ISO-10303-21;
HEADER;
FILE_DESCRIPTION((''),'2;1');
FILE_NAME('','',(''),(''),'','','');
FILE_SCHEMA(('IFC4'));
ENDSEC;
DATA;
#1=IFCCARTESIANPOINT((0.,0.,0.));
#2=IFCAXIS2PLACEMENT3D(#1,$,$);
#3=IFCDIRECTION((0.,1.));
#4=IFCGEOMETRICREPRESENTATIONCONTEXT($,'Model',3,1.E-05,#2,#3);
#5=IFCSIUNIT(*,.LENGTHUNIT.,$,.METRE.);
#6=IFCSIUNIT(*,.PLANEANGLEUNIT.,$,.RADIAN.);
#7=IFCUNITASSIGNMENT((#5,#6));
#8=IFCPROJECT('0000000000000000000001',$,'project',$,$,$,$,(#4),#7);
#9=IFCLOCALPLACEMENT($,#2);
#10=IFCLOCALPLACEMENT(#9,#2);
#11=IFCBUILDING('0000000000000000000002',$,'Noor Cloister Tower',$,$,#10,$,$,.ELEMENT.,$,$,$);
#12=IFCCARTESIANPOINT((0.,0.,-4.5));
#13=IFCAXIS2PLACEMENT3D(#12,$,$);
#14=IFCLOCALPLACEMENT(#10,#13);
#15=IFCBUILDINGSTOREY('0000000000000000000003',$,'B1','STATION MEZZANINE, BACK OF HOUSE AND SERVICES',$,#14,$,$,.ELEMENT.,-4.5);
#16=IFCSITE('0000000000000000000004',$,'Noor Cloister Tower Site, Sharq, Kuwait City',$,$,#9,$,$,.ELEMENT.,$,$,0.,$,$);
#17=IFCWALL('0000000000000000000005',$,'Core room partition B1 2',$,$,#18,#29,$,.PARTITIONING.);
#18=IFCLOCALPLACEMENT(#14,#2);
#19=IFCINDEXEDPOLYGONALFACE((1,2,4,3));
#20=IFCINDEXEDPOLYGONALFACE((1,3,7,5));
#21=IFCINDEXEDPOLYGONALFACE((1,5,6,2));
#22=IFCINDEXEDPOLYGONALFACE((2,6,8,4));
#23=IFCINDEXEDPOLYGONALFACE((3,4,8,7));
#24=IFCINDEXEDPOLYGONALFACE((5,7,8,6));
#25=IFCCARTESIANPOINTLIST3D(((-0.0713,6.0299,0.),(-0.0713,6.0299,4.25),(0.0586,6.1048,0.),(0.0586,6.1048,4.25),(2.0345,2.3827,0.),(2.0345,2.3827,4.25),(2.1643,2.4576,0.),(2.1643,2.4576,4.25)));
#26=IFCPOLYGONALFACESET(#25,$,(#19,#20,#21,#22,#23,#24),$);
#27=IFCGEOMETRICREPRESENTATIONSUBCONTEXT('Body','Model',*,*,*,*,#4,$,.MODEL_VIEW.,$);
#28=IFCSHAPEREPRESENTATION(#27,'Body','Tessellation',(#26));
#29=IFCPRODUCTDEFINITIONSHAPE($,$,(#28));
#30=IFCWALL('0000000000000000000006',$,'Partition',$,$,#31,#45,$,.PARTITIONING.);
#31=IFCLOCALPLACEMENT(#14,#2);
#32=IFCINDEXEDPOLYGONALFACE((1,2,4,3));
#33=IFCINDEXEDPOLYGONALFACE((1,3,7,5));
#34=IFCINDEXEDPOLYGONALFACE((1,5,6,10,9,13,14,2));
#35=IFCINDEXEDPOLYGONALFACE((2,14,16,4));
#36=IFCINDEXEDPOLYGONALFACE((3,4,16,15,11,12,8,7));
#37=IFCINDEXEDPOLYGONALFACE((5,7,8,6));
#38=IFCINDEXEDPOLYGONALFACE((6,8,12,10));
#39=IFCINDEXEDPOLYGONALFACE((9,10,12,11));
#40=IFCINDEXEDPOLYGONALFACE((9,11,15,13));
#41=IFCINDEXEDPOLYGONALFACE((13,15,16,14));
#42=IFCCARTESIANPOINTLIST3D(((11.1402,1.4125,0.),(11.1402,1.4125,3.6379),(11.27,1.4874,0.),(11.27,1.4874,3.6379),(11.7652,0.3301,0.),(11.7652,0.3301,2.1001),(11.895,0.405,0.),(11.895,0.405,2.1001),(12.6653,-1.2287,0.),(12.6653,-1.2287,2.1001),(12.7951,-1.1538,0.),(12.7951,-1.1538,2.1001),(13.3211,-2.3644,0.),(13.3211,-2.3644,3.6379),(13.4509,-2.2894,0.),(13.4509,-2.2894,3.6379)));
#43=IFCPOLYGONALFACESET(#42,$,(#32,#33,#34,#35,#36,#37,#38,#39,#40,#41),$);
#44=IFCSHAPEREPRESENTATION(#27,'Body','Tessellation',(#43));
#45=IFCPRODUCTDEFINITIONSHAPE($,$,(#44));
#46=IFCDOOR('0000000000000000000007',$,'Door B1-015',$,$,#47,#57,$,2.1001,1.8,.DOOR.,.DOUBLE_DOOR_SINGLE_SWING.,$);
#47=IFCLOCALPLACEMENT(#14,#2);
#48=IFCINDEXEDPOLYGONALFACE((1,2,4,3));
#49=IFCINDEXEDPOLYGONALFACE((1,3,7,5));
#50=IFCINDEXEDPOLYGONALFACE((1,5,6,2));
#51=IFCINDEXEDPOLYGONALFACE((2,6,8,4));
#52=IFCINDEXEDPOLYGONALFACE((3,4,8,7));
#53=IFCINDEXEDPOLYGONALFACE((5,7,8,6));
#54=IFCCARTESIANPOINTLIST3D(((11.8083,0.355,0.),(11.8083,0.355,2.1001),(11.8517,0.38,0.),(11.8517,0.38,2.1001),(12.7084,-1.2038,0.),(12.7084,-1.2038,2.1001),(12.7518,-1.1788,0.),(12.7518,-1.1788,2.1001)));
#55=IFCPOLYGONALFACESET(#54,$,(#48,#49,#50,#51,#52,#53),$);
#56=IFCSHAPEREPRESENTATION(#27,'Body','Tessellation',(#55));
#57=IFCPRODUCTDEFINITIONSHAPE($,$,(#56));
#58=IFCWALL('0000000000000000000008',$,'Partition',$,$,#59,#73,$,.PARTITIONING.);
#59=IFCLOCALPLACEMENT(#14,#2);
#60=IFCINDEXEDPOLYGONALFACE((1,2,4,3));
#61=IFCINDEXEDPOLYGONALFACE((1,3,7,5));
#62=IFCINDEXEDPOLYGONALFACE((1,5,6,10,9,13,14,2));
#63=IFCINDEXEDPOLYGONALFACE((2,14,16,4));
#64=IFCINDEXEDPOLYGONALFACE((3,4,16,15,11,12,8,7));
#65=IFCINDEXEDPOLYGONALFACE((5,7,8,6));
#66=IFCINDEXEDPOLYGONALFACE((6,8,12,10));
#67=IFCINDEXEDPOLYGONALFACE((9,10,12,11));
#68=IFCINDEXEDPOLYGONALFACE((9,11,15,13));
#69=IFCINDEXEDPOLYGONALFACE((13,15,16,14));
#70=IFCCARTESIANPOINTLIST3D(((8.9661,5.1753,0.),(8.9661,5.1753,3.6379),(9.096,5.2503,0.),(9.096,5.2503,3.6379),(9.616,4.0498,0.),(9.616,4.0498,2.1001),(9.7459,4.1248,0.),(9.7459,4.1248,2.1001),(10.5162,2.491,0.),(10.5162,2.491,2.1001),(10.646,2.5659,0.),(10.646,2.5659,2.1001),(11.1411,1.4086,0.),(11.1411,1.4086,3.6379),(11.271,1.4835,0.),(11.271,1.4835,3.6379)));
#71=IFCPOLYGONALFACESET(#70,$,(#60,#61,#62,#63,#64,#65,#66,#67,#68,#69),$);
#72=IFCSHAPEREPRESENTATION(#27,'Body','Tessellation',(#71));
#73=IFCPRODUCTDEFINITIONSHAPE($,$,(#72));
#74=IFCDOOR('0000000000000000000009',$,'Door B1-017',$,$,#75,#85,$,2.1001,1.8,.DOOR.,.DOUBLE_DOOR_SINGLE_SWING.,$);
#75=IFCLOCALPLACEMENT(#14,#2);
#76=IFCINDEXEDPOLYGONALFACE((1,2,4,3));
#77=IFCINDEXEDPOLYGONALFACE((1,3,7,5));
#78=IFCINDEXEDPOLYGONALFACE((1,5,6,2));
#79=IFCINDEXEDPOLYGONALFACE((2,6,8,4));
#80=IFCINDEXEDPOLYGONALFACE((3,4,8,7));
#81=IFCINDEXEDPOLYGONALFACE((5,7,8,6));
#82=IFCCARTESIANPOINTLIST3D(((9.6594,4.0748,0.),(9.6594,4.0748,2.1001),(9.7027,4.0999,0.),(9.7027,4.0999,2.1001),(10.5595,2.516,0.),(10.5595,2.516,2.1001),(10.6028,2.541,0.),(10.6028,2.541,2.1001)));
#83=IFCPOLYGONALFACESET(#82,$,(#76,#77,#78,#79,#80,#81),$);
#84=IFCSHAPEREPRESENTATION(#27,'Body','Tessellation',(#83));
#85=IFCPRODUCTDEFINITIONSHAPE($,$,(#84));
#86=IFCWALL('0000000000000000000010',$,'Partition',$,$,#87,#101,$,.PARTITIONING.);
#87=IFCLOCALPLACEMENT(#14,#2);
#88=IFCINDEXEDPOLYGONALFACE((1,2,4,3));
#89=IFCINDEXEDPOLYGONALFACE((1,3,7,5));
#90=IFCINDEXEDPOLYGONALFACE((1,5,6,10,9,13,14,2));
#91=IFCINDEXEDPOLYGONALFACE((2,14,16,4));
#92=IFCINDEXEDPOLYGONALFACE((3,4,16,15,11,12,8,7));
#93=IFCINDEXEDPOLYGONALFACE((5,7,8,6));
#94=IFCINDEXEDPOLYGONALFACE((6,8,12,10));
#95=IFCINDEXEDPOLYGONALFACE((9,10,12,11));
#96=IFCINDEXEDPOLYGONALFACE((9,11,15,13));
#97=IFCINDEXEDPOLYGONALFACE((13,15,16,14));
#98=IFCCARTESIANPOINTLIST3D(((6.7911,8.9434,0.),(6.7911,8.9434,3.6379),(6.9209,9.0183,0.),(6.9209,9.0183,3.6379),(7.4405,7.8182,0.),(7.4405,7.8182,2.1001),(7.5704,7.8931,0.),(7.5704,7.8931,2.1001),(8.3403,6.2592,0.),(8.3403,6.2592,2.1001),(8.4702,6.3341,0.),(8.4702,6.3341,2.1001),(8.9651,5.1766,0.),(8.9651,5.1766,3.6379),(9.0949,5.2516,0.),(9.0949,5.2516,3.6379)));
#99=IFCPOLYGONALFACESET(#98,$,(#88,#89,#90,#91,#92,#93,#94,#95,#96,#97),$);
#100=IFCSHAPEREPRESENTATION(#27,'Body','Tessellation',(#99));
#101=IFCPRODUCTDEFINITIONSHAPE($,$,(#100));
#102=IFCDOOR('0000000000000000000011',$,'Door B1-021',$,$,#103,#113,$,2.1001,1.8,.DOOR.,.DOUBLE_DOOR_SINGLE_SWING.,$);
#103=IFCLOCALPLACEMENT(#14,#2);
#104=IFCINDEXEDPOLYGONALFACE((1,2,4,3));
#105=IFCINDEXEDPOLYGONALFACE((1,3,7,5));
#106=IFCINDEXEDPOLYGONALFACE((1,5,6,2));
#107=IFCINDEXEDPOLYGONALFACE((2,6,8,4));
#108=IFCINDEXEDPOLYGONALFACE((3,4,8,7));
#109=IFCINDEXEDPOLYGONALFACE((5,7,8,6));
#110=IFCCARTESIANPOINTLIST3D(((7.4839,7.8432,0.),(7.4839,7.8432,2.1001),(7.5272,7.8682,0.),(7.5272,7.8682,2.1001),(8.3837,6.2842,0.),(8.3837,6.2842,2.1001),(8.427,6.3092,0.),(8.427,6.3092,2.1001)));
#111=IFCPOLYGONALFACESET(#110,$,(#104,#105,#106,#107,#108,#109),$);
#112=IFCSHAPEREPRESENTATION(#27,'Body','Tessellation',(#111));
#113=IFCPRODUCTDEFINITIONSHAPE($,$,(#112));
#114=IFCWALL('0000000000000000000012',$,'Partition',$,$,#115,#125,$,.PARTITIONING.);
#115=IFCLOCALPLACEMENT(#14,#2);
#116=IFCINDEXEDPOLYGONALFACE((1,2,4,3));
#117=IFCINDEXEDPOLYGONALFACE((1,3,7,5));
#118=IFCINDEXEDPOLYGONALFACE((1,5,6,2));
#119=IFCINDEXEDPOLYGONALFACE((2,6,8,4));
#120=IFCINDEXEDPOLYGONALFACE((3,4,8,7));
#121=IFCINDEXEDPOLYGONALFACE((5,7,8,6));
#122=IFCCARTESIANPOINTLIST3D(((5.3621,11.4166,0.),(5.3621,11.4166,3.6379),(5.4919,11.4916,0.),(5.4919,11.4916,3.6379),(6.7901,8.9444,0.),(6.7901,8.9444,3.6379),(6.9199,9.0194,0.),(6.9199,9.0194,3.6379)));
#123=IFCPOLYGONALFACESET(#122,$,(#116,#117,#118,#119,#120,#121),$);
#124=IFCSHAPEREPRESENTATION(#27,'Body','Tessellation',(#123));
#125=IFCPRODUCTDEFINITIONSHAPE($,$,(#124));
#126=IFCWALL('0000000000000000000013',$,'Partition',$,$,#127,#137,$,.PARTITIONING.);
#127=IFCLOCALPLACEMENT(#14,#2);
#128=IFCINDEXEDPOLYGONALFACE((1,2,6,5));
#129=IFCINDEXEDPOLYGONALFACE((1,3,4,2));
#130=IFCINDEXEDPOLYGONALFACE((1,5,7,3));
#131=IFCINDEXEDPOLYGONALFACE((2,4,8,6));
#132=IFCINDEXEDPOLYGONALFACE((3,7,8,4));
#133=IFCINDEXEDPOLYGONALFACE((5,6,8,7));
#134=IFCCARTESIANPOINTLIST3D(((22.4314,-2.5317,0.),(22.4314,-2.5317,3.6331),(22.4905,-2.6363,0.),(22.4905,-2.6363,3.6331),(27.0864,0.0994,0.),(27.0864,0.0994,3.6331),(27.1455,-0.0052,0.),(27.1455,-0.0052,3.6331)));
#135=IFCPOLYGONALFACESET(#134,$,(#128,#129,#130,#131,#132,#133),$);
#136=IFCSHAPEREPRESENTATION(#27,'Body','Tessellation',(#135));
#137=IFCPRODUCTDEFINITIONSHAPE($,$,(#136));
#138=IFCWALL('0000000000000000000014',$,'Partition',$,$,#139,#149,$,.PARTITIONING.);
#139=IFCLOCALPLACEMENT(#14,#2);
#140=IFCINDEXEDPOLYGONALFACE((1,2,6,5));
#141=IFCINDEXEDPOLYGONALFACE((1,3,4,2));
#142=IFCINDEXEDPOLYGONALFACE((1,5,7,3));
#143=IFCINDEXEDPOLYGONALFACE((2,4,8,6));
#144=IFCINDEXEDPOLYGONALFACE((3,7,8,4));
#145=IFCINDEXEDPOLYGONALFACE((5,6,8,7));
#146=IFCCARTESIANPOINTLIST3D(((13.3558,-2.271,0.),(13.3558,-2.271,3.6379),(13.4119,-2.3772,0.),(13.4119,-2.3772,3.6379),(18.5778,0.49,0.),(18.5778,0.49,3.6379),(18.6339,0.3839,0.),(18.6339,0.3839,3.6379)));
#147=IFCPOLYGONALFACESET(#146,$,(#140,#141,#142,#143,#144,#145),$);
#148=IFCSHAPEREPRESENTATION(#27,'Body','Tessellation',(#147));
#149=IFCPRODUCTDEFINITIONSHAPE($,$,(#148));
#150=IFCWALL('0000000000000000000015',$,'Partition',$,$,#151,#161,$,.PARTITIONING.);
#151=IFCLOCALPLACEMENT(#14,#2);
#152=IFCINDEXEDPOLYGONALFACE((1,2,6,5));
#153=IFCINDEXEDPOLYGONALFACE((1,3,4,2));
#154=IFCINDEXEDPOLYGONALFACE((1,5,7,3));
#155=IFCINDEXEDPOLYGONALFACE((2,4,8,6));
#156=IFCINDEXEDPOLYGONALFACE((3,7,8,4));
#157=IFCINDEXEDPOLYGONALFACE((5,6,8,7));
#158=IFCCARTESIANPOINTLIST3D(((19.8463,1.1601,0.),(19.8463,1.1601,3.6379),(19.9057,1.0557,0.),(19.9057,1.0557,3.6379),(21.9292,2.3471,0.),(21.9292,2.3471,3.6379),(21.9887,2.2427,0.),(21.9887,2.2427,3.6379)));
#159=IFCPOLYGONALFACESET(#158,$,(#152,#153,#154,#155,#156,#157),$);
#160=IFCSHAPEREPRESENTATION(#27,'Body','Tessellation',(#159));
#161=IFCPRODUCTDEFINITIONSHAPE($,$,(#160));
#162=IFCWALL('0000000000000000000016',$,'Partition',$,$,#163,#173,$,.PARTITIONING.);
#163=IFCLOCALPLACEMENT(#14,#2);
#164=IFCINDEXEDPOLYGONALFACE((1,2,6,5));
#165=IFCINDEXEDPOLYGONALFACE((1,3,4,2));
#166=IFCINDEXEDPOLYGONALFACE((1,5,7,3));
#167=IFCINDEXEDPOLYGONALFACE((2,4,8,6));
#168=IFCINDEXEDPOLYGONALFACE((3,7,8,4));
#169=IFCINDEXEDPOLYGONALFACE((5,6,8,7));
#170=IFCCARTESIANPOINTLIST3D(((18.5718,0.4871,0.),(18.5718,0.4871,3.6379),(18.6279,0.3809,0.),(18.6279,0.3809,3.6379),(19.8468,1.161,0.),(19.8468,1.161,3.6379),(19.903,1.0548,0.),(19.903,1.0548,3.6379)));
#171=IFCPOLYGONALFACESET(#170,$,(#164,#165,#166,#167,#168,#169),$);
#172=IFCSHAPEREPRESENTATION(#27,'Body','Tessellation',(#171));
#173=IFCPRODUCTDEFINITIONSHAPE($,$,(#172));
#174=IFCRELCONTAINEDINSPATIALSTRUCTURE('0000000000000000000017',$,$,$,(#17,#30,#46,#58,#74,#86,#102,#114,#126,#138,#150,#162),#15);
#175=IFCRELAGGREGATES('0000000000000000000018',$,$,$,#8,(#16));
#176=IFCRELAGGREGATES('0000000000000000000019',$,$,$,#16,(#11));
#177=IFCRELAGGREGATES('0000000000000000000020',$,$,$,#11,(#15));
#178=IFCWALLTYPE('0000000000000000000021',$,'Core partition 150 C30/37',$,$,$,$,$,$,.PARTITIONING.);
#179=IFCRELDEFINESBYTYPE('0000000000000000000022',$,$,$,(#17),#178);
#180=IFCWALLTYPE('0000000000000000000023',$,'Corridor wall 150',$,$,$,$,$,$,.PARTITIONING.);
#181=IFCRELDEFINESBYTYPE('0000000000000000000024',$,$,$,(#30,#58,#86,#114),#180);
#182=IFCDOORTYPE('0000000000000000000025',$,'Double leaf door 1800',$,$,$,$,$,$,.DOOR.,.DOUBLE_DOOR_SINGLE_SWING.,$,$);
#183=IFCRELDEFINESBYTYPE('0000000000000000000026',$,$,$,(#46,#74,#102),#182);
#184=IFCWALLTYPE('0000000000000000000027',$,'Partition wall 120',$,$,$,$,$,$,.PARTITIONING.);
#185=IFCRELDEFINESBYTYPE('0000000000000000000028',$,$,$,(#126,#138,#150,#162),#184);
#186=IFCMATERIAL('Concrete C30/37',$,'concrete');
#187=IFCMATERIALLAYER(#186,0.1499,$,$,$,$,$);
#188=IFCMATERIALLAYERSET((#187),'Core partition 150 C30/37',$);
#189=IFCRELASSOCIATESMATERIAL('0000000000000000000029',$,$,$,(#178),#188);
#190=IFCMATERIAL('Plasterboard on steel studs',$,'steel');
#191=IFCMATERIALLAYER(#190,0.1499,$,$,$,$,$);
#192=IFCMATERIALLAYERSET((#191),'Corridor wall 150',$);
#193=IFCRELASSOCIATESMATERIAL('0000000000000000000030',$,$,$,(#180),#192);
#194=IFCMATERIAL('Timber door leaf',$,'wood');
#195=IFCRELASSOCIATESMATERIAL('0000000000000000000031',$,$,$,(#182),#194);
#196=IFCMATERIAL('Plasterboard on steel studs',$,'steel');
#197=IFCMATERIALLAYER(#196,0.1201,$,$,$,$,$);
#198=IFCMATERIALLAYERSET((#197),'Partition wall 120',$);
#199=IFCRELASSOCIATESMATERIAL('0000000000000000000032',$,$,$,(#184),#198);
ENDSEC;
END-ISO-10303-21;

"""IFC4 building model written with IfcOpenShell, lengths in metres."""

from ifc_helpers import new_model, si_unit, direction, frame, frame_2d, origin, place, context, subcontext, project, spatial, rectangle, extrude, material, layer, layer_set, type_object, element, fill, save


model = new_model("IFC4")

# Units and contexts
model_context = context("Model", 3, precision=1e-05, world=origin(), true_north=direction((0.0, 1.0)))
body_context = subcontext(model_context, "Body", "Model", "MODEL_VIEW")
ifc_project = project(units=[si_unit("LENGTHUNIT", "METRE"), si_unit("PLANEANGLEUNIT", "RADIAN")], contexts=[model_context])

# Site, building, storey
site_placement = place(None, origin())
site = spatial("IfcSite", under=ifc_project, at=site_placement, Name="Noor Cloister Tower Site, Sharq, Kuwait City", CompositionType="ELEMENT", RefElevation=0.0)
building_placement = place(site_placement, origin())
building = spatial("IfcBuilding", under=site, at=building_placement, Name="Noor Cloister Tower", CompositionType="ELEMENT")
storey_placement = place(building_placement, frame((0.0, 0.0, -4.5)))
storey = spatial("IfcBuildingStorey", under=building, at=storey_placement, Name="B1", Description="STATION MEZZANINE, BACK OF HOUSE AND SERVICES", CompositionType="ELEMENT", Elevation=-4.5)

# Wall
ifc_material_1 = material(Name="Concrete C30/37", Category="concrete")
ifc_layer_1 = layer(ifc_material_1, 0.1499)
ifc_layer_set_1 = layer_set([ifc_layer_1], Name="Core partition 150 C30/37")
wall_type_1 = type_object("IfcWallType", Name="Core partition 150 C30/37", PredefinedType="PARTITIONING", material=ifc_layer_set_1)
wall_1_placement = place(storey_placement, frame((2.0994, 2.4202, 0.0), z_axis=(0.0, 0.0, 1.0), x_axis=(-0.499998, 0.866026, 0.0)))
element("IfcWall", 1, at=wall_1_placement, inside=storey, type_object=wall_type_1, Name="Core room partition B1 2", PredefinedType="PARTITIONING", context=body_context, shape_type="SweptSolid", body=[
    extrude(rectangle(XDim=4.2114, YDim=0.1499, at=frame_2d((2.1057, 0.0))), origin(), (0.0, 0.0, 1.0), 4.25),
])

# Walls, openings, doors
ifc_material_2 = material(Name="Plasterboard on steel studs", Category="steel")
ifc_layer_2 = layer(ifc_material_2, 0.1499)
ifc_layer_set_2 = layer_set([ifc_layer_2], Name="Corridor wall 150")
wall_type_2 = type_object("IfcWallType", Name="Corridor wall 150", PredefinedType="PARTITIONING", material=ifc_layer_set_2)
wall_2_placement = place(storey_placement, frame((11.2051, 1.45, 0.0), z_axis=(0.0, 0.0, 1.0), x_axis=(0.500058, -0.865992, 0.0)))
wall_2 = element("IfcWall", 2, at=wall_2_placement, inside=storey, type_object=wall_type_2, Name="Partition", PredefinedType="PARTITIONING", context=body_context, shape_type="SweptSolid", body=[
    extrude(rectangle(XDim=4.3613, YDim=0.1499, at=frame_2d((2.1807, 0.0))), origin(), (0.0, 0.0, 1.0), 3.6379),
])
opening_1_placement = place(wall_2_placement, frame((1.25, 0.0, 0.0)))
opening_1 = element("IfcOpeningElement", 3, at=opening_1_placement, cuts=wall_2, PredefinedType="OPENING", context=body_context, shape_type="SweptSolid", body=[
    extrude(rectangle(XDim=1.8, YDim=2.1001, at=frame_2d((0.8999, 1.05))), frame((0.0, 0.085, 0.0), z_axis=(0.0, -1.0, 0.0), x_axis=(1.0, 0.0, 0.0)), (0.0, 0.0, 1.0), 0.1699),
])
ifc_material_3 = material(Name="Timber door leaf", Category="wood")
door_type = type_object("IfcDoorType", Name="Double leaf door 1800", OperationType="DOUBLE_DOOR_SINGLE_SWING", PredefinedType="DOOR", material=ifc_material_3)
door_1_placement = place(opening_1_placement, origin())
door_1 = element("IfcDoor", 4, at=door_1_placement, inside=storey, type_object=door_type, Name="Door B1-015", OperationType="DOUBLE_DOOR_SINGLE_SWING", OverallHeight=2.1001, OverallWidth=1.8, PredefinedType="DOOR", context=body_context, shape_type="SweptSolid", body=[
    extrude(rectangle(XDim=1.8, YDim=2.1001, at=frame_2d((0.8999, 1.05))), frame((0.0, 0.0249, 0.0), z_axis=(0.0, -1.0, 0.0), x_axis=(1.0, 0.0, 0.0)), (0.0, 0.0, 1.0), 0.05),
])
fill(opening_1, door_1)
wall_3_placement = place(storey_placement, frame((11.2061, 1.446, 0.0), z_axis=(0.0, 0.0, 1.0), x_axis=(-0.500045, 0.866, 0.0)))
wall_3 = element("IfcWall", 5, at=wall_3_placement, inside=storey, type_object=wall_type_2, Name="Partition", PredefinedType="PARTITIONING", context=body_context, shape_type="SweptSolid", body=[
    extrude(rectangle(XDim=4.3496, YDim=0.1499, at=frame_2d((2.1748, 0.0))), origin(), (0.0, 0.0, 1.0), 3.6379),
])
opening_2_placement = place(wall_3_placement, frame((1.25, 0.0, 0.0)))
opening_2 = element("IfcOpeningElement", 6, at=opening_2_placement, cuts=wall_3, PredefinedType="OPENING", context=body_context, shape_type="SweptSolid", body=[
    extrude(rectangle(XDim=1.8, YDim=2.1001, at=frame_2d((0.8999, 1.05))), frame((0.0, 0.085, 0.0), z_axis=(0.0, -1.0, 0.0), x_axis=(1.0, 0.0, 0.0)), (0.0, 0.0, 1.0), 0.1699),
])
door_2_placement = place(opening_2_placement, origin())
door_2 = element("IfcDoor", 7, at=door_2_placement, inside=storey, type_object=door_type, Name="Door B1-017", OperationType="DOUBLE_DOOR_SINGLE_SWING", OverallHeight=2.1001, OverallWidth=1.8, PredefinedType="DOOR", context=body_context, shape_type="SweptSolid", body=[
    extrude(rectangle(XDim=1.8, YDim=2.1001, at=frame_2d((0.8999, 1.05))), frame((0.0, 0.0249, 0.0), z_axis=(0.0, -1.0, 0.0), x_axis=(1.0, 0.0, 0.0)), (0.0, 0.0, 1.0), 0.05),
])
fill(opening_2, door_2)
wall_4_placement = place(storey_placement, frame((9.03, 5.2141, 0.0), z_axis=(0.0, 0.0, 1.0), x_axis=(-0.499876, 0.866097, 0.0)))
wall_4 = element("IfcWall", 8, at=wall_4_placement, inside=storey, type_object=wall_type_2, Name="Partition", PredefinedType="PARTITIONING", context=body_context, shape_type="SweptSolid", body=[
    extrude(rectangle(XDim=4.3491, YDim=0.1499, at=frame_2d((2.1746, 0.0))), origin(), (0.0, 0.0, 1.0), 3.6379),
])
opening_3_placement = place(wall_4_placement, frame((1.25, 0.0, 0.0)))
opening_3 = element("IfcOpeningElement", 9, at=opening_3_placement, cuts=wall_4, PredefinedType="OPENING", context=body_context, shape_type="SweptSolid", body=[
    extrude(rectangle(XDim=1.8, YDim=2.1001, at=frame_2d((0.8999, 1.05))), frame((0.0, 0.085, 0.0), z_axis=(0.0, -1.0, 0.0), x_axis=(1.0, 0.0, 0.0)), (0.0, 0.0, 1.0), 0.1699),
])
door_3_placement = place(opening_3_placement, origin())
door_3 = element("IfcDoor", 10, at=door_3_placement, inside=storey, type_object=door_type, Name="Door B1-021", OperationType="DOUBLE_DOOR_SINGLE_SWING", OverallHeight=2.1001, OverallWidth=1.8, PredefinedType="DOOR", context=body_context, shape_type="SweptSolid", body=[
    extrude(rectangle(XDim=1.8, YDim=2.1001, at=frame_2d((0.8999, 1.05))), frame((0.0, 0.0249, 0.0), z_axis=(0.0, -1.0, 0.0), x_axis=(1.0, 0.0, 0.0)), (0.0, 0.0, 1.0), 0.05),
])
fill(opening_3, door_3)

# Walls
wall_5_placement = place(storey_placement, frame((6.855, 8.9819, 0.0), z_axis=(0.0, 0.0, 1.0), x_axis=(-0.500176, 0.865924, 0.0)))
element("IfcWall", 11, at=wall_5_placement, inside=storey, type_object=wall_type_2, Name="Partition", PredefinedType="PARTITIONING", context=body_context, shape_type="SweptSolid", body=[
    extrude(rectangle(XDim=2.855, YDim=0.1499, at=frame_2d((1.4275, 0.0))), origin(), (0.0, 0.0, 1.0), 3.6379),
])
ifc_material_4 = material(Name="Plasterboard on steel studs", Category="steel")
ifc_layer_3 = layer(ifc_material_4, 0.1201)
ifc_layer_set_3 = layer_set([ifc_layer_3], Name="Partition wall 120")
wall_type_3 = type_object("IfcWallType", Name="Partition wall 120", PredefinedType="PARTITIONING", material=ifc_layer_set_3)
wall_6_placement = place(storey_placement, frame((27.116, 0.0471, 0.0), z_axis=(0.0, 0.0, 1.0), x_axis=(-0.870563, -0.492057, 0.0)))
element("IfcWall", 12, at=wall_6_placement, inside=storey, type_object=wall_type_3, Name="Partition", PredefinedType="PARTITIONING", context=body_context, shape_type="SweptSolid", body=[
    extrude(rectangle(XDim=5.3472, YDim=0.1201, at=frame_2d((2.6736, 0.0))), origin(), (0.0, 0.0, 1.0), 3.6331),
])
wall_7_placement = place(storey_placement, frame((18.606, 0.437, 0.0), z_axis=(0.0, 0.0, 1.0), x_axis=(-0.884037, -0.467417, 0.0)))
element("IfcWall", 13, at=wall_7_placement, inside=storey, type_object=wall_type_3, Name="Partition", PredefinedType="PARTITIONING", context=body_context, shape_type="SweptSolid", body=[
    extrude(rectangle(XDim=5.907, YDim=0.1201, at=frame_2d((2.9536, 0.0))), origin(), (0.0, 0.0, 1.0), 3.6379),
])
wall_8_placement = place(storey_placement, frame((21.959, 2.2949, 0.0), z_axis=(0.0, 0.0, 1.0), x_axis=(-0.868832, -0.495108, 0.0)))
element("IfcWall", 14, at=wall_8_placement, inside=storey, type_object=wall_type_3, Name="Partition", PredefinedType="PARTITIONING", context=body_context, shape_type="SweptSolid", body=[
    extrude(rectangle(XDim=2.3975, YDim=0.1201, at=frame_2d((1.1987, 0.0))), origin(), (0.0, 0.0, 1.0), 3.6379),
])
wall_9_placement = place(storey_placement, frame((19.875, 1.1079, 0.0), z_axis=(0.0, 0.0, 1.0), x_axis=(-0.884109, -0.467281, 0.0)))
element("IfcWall", 15, at=wall_9_placement, inside=storey, type_object=wall_type_3, Name="Partition", PredefinedType="PARTITIONING", context=body_context, shape_type="SweptSolid", body=[
    extrude(rectangle(XDim=1.4421, YDim=0.1201, at=frame_2d((0.7212, 0.0))), origin(), (0.0, 0.0, 1.0), 3.6379),
])

save(model, "model.ifc")
